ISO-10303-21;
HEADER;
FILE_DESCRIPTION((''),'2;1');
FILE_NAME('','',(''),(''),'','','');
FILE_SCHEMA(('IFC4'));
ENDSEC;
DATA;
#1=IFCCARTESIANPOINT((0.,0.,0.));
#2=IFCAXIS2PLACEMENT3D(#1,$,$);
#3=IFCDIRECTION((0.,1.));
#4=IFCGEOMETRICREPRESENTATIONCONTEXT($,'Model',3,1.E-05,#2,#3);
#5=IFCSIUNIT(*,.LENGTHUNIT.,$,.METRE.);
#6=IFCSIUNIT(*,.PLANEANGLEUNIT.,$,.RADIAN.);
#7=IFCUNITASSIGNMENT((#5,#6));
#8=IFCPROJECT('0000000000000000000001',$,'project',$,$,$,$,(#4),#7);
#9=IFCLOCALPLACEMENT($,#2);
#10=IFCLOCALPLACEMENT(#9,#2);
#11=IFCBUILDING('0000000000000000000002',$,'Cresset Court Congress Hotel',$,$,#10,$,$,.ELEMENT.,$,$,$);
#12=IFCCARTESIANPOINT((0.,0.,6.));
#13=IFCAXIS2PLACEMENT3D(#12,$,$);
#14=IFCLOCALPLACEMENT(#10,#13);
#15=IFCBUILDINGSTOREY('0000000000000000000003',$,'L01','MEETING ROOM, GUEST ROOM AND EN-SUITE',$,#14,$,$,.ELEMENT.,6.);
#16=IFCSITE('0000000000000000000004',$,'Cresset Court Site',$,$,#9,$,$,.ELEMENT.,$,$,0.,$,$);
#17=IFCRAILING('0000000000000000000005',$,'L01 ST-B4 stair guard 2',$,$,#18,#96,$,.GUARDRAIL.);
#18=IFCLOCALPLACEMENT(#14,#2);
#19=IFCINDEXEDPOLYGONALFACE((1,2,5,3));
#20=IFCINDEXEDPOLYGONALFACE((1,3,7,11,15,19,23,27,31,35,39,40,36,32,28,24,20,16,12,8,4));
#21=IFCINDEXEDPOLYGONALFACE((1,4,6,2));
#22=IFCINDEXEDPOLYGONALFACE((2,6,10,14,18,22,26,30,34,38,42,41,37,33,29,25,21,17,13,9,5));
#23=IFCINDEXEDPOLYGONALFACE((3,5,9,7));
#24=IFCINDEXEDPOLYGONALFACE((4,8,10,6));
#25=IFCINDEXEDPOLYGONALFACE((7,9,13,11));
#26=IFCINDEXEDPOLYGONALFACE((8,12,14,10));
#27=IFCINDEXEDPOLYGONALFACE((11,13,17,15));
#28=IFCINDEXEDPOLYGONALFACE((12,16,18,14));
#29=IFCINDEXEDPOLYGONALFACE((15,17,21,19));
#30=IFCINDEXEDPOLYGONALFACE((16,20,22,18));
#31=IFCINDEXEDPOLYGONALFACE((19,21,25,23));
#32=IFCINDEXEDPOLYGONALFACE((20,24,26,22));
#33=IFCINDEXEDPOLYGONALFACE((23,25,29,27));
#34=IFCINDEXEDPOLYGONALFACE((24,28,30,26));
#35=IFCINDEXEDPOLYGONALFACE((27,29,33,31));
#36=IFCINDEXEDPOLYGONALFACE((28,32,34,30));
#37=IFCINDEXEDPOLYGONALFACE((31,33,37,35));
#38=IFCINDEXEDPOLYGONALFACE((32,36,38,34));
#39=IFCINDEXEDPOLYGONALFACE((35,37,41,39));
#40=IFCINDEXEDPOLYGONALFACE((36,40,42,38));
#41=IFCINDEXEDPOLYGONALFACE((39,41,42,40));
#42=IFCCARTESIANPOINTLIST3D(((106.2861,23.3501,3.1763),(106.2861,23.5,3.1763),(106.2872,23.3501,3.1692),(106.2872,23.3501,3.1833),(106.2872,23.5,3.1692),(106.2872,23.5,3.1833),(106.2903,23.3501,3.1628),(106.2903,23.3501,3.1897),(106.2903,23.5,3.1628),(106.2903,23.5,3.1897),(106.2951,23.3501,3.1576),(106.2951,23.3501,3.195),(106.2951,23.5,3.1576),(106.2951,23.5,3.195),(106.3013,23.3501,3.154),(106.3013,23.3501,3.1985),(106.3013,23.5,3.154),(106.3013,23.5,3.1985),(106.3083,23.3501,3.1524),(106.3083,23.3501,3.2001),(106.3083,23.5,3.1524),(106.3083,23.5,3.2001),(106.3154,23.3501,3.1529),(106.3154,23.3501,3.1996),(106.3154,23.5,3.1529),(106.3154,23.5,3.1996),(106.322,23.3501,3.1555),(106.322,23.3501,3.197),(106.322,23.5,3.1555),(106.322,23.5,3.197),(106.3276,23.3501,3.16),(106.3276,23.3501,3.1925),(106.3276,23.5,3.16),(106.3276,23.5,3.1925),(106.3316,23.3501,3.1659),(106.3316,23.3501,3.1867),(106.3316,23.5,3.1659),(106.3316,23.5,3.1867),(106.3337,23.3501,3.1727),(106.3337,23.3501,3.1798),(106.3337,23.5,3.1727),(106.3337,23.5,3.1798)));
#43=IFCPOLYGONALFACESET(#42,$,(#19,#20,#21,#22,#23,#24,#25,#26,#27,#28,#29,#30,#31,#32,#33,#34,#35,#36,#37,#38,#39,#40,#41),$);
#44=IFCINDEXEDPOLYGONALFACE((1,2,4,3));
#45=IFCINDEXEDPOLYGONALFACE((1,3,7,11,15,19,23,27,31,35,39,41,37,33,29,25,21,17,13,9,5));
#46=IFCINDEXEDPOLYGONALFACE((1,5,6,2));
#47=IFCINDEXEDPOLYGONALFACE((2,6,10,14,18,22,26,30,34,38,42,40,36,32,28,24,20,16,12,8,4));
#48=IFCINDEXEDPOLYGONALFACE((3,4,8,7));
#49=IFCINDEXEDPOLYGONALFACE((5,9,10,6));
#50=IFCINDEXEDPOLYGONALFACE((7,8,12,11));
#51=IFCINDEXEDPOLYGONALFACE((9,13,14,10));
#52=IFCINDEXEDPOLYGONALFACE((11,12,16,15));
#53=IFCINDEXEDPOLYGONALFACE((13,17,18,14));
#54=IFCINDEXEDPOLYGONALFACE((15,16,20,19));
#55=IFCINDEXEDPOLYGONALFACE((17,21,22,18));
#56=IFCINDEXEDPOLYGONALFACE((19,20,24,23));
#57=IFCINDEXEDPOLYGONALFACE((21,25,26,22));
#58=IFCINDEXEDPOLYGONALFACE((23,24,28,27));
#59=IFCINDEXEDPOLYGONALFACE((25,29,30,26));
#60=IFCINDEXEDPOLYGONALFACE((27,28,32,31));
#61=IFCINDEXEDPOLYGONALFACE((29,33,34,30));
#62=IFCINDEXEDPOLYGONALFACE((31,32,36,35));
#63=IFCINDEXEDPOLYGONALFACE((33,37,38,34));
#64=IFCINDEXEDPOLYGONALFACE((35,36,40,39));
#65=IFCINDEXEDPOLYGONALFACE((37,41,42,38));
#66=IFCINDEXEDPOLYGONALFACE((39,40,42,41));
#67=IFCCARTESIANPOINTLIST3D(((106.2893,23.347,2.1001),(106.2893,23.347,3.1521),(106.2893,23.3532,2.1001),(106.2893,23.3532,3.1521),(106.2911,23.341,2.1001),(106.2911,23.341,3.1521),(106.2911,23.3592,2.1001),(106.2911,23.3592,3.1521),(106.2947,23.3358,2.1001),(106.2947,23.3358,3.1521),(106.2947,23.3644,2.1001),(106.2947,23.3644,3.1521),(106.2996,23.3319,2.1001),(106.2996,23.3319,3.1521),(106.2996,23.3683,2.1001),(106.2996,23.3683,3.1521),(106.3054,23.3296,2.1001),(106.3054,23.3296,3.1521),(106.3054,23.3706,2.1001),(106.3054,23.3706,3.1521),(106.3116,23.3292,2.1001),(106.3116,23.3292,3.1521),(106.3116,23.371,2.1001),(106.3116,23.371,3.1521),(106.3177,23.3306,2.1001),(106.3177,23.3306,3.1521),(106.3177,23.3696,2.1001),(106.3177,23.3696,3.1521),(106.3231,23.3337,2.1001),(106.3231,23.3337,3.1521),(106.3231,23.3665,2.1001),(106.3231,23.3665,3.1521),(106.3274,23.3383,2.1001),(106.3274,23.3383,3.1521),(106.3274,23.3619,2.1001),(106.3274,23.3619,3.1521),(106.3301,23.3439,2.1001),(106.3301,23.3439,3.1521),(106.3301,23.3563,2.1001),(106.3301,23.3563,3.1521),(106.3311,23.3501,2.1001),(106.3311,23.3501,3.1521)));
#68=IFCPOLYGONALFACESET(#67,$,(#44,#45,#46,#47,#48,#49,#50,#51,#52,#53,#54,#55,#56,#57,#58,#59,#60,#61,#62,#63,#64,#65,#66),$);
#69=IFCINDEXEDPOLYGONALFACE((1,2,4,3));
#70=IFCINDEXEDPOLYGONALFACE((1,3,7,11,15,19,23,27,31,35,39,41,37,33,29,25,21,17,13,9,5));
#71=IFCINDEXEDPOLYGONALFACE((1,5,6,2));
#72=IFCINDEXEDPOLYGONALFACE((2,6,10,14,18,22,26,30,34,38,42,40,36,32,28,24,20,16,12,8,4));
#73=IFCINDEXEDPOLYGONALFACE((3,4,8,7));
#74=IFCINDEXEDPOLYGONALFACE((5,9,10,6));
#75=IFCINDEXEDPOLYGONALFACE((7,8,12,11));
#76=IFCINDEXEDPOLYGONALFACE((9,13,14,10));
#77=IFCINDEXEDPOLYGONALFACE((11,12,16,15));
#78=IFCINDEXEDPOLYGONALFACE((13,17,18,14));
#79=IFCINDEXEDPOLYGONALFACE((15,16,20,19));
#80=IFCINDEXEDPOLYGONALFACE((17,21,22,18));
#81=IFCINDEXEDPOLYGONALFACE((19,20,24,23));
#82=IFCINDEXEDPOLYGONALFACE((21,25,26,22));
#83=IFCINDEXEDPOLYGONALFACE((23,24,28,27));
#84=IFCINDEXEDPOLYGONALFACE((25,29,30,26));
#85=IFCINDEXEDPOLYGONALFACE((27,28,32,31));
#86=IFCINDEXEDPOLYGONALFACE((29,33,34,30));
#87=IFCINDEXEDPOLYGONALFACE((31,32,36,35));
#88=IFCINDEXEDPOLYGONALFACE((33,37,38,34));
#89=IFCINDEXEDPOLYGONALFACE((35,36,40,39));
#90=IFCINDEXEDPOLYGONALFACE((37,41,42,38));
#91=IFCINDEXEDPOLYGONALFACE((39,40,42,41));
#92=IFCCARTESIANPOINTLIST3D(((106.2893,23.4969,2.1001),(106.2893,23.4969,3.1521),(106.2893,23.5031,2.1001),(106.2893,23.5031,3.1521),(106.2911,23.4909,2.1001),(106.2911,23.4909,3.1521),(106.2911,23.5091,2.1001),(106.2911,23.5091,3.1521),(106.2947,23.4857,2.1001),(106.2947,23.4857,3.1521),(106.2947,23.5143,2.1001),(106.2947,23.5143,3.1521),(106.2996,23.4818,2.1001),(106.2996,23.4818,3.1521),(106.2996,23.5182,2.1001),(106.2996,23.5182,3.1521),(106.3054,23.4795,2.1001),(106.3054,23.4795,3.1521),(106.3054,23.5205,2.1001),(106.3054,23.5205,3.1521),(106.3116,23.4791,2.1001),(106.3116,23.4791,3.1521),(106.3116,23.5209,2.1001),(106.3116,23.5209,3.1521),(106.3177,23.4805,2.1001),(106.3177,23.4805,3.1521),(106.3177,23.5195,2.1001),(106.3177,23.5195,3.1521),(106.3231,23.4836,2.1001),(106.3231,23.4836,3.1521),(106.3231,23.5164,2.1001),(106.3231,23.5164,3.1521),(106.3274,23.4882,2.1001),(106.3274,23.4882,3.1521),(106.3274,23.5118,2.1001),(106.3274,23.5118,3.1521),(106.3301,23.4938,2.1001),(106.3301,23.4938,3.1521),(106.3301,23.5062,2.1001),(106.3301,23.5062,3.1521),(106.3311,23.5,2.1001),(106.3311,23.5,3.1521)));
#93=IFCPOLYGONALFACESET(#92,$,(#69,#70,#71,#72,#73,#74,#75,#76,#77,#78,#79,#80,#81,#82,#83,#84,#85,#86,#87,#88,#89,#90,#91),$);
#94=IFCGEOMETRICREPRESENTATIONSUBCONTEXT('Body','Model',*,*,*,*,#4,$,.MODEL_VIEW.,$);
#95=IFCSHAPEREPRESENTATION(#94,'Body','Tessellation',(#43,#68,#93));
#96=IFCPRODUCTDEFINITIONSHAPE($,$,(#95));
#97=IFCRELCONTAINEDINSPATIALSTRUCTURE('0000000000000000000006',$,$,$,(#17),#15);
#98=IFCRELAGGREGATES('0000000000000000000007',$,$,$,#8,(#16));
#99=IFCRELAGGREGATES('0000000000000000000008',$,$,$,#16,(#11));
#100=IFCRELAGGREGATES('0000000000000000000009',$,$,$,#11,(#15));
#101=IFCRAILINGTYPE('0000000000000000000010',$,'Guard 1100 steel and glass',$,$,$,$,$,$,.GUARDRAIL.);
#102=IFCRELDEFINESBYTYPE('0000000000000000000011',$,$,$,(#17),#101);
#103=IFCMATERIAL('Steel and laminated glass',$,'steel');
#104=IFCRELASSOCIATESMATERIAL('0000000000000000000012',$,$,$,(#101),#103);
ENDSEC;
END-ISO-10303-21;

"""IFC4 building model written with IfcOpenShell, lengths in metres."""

from ifc_helpers import new_model, si_unit, direction, frame, origin, origin_2d, place, context, subcontext, project, spatial, circle, extrude, material, type_object, element, save


model = new_model("IFC4")

# Units and contexts
model_context = context("Model", 3, precision=1e-05, world=origin(), true_north=direction((0.0, 1.0)))
body_context = subcontext(model_context, "Body", "Model", "MODEL_VIEW")
ifc_project = project(units=[si_unit("LENGTHUNIT", "METRE"), si_unit("PLANEANGLEUNIT", "RADIAN")], contexts=[model_context])

# Site, building, storey
site_placement = place(None, origin())
site = spatial("IfcSite", under=ifc_project, at=site_placement, Name="Cresset Court Site", CompositionType="ELEMENT", RefElevation=0.0)
building_placement = place(site_placement, origin())
building = spatial("IfcBuilding", under=site, at=building_placement, Name="Cresset Court Congress Hotel", CompositionType="ELEMENT")
storey_placement = place(building_placement, frame((0.0, 0.0, 6.0)))
storey = spatial("IfcBuildingStorey", under=building, at=storey_placement, Name="L01", Description="MEETING ROOM, GUEST ROOM AND EN-SUITE", CompositionType="ELEMENT", Elevation=6.0)

# Railing
ifc_material_1 = material(Name="Steel and laminated glass", Category="steel")
railing_type_1 = type_object("IfcRailingType", Name="Guard 1100 steel and glass", PredefinedType="GUARDRAIL", material=ifc_material_1)
railing_1_placement = place(storey_placement, frame((106.3101, 23.3501, 2.1001)))
element("IfcRailing", 1, at=railing_1_placement, inside=storey, type_object=railing_type_1, Name="L01 ST-B4 stair guard 2", PredefinedType="GUARDRAIL", context=body_context, shape_type="SweptSolid", body=[
    extrude(circle(Radius=0.0239, at=origin_2d()), frame((0.0, 0.0, 1.0762), z_axis=(0.0, 1.0, 0.0), x_axis=(-1.0, 0.0, 0.0)), (0.0, 0.0, 1.0), 0.1499),
    extrude(circle(Radius=0.021, at=origin_2d()), origin(), (0.0, 0.0, 1.0), 1.052),
    extrude(circle(Radius=0.021, at=origin_2d()), frame((0.0, 0.1499, 0.0)), (0.0, 0.0, 1.0), 1.052),
])

save(model, "model.ifc")
